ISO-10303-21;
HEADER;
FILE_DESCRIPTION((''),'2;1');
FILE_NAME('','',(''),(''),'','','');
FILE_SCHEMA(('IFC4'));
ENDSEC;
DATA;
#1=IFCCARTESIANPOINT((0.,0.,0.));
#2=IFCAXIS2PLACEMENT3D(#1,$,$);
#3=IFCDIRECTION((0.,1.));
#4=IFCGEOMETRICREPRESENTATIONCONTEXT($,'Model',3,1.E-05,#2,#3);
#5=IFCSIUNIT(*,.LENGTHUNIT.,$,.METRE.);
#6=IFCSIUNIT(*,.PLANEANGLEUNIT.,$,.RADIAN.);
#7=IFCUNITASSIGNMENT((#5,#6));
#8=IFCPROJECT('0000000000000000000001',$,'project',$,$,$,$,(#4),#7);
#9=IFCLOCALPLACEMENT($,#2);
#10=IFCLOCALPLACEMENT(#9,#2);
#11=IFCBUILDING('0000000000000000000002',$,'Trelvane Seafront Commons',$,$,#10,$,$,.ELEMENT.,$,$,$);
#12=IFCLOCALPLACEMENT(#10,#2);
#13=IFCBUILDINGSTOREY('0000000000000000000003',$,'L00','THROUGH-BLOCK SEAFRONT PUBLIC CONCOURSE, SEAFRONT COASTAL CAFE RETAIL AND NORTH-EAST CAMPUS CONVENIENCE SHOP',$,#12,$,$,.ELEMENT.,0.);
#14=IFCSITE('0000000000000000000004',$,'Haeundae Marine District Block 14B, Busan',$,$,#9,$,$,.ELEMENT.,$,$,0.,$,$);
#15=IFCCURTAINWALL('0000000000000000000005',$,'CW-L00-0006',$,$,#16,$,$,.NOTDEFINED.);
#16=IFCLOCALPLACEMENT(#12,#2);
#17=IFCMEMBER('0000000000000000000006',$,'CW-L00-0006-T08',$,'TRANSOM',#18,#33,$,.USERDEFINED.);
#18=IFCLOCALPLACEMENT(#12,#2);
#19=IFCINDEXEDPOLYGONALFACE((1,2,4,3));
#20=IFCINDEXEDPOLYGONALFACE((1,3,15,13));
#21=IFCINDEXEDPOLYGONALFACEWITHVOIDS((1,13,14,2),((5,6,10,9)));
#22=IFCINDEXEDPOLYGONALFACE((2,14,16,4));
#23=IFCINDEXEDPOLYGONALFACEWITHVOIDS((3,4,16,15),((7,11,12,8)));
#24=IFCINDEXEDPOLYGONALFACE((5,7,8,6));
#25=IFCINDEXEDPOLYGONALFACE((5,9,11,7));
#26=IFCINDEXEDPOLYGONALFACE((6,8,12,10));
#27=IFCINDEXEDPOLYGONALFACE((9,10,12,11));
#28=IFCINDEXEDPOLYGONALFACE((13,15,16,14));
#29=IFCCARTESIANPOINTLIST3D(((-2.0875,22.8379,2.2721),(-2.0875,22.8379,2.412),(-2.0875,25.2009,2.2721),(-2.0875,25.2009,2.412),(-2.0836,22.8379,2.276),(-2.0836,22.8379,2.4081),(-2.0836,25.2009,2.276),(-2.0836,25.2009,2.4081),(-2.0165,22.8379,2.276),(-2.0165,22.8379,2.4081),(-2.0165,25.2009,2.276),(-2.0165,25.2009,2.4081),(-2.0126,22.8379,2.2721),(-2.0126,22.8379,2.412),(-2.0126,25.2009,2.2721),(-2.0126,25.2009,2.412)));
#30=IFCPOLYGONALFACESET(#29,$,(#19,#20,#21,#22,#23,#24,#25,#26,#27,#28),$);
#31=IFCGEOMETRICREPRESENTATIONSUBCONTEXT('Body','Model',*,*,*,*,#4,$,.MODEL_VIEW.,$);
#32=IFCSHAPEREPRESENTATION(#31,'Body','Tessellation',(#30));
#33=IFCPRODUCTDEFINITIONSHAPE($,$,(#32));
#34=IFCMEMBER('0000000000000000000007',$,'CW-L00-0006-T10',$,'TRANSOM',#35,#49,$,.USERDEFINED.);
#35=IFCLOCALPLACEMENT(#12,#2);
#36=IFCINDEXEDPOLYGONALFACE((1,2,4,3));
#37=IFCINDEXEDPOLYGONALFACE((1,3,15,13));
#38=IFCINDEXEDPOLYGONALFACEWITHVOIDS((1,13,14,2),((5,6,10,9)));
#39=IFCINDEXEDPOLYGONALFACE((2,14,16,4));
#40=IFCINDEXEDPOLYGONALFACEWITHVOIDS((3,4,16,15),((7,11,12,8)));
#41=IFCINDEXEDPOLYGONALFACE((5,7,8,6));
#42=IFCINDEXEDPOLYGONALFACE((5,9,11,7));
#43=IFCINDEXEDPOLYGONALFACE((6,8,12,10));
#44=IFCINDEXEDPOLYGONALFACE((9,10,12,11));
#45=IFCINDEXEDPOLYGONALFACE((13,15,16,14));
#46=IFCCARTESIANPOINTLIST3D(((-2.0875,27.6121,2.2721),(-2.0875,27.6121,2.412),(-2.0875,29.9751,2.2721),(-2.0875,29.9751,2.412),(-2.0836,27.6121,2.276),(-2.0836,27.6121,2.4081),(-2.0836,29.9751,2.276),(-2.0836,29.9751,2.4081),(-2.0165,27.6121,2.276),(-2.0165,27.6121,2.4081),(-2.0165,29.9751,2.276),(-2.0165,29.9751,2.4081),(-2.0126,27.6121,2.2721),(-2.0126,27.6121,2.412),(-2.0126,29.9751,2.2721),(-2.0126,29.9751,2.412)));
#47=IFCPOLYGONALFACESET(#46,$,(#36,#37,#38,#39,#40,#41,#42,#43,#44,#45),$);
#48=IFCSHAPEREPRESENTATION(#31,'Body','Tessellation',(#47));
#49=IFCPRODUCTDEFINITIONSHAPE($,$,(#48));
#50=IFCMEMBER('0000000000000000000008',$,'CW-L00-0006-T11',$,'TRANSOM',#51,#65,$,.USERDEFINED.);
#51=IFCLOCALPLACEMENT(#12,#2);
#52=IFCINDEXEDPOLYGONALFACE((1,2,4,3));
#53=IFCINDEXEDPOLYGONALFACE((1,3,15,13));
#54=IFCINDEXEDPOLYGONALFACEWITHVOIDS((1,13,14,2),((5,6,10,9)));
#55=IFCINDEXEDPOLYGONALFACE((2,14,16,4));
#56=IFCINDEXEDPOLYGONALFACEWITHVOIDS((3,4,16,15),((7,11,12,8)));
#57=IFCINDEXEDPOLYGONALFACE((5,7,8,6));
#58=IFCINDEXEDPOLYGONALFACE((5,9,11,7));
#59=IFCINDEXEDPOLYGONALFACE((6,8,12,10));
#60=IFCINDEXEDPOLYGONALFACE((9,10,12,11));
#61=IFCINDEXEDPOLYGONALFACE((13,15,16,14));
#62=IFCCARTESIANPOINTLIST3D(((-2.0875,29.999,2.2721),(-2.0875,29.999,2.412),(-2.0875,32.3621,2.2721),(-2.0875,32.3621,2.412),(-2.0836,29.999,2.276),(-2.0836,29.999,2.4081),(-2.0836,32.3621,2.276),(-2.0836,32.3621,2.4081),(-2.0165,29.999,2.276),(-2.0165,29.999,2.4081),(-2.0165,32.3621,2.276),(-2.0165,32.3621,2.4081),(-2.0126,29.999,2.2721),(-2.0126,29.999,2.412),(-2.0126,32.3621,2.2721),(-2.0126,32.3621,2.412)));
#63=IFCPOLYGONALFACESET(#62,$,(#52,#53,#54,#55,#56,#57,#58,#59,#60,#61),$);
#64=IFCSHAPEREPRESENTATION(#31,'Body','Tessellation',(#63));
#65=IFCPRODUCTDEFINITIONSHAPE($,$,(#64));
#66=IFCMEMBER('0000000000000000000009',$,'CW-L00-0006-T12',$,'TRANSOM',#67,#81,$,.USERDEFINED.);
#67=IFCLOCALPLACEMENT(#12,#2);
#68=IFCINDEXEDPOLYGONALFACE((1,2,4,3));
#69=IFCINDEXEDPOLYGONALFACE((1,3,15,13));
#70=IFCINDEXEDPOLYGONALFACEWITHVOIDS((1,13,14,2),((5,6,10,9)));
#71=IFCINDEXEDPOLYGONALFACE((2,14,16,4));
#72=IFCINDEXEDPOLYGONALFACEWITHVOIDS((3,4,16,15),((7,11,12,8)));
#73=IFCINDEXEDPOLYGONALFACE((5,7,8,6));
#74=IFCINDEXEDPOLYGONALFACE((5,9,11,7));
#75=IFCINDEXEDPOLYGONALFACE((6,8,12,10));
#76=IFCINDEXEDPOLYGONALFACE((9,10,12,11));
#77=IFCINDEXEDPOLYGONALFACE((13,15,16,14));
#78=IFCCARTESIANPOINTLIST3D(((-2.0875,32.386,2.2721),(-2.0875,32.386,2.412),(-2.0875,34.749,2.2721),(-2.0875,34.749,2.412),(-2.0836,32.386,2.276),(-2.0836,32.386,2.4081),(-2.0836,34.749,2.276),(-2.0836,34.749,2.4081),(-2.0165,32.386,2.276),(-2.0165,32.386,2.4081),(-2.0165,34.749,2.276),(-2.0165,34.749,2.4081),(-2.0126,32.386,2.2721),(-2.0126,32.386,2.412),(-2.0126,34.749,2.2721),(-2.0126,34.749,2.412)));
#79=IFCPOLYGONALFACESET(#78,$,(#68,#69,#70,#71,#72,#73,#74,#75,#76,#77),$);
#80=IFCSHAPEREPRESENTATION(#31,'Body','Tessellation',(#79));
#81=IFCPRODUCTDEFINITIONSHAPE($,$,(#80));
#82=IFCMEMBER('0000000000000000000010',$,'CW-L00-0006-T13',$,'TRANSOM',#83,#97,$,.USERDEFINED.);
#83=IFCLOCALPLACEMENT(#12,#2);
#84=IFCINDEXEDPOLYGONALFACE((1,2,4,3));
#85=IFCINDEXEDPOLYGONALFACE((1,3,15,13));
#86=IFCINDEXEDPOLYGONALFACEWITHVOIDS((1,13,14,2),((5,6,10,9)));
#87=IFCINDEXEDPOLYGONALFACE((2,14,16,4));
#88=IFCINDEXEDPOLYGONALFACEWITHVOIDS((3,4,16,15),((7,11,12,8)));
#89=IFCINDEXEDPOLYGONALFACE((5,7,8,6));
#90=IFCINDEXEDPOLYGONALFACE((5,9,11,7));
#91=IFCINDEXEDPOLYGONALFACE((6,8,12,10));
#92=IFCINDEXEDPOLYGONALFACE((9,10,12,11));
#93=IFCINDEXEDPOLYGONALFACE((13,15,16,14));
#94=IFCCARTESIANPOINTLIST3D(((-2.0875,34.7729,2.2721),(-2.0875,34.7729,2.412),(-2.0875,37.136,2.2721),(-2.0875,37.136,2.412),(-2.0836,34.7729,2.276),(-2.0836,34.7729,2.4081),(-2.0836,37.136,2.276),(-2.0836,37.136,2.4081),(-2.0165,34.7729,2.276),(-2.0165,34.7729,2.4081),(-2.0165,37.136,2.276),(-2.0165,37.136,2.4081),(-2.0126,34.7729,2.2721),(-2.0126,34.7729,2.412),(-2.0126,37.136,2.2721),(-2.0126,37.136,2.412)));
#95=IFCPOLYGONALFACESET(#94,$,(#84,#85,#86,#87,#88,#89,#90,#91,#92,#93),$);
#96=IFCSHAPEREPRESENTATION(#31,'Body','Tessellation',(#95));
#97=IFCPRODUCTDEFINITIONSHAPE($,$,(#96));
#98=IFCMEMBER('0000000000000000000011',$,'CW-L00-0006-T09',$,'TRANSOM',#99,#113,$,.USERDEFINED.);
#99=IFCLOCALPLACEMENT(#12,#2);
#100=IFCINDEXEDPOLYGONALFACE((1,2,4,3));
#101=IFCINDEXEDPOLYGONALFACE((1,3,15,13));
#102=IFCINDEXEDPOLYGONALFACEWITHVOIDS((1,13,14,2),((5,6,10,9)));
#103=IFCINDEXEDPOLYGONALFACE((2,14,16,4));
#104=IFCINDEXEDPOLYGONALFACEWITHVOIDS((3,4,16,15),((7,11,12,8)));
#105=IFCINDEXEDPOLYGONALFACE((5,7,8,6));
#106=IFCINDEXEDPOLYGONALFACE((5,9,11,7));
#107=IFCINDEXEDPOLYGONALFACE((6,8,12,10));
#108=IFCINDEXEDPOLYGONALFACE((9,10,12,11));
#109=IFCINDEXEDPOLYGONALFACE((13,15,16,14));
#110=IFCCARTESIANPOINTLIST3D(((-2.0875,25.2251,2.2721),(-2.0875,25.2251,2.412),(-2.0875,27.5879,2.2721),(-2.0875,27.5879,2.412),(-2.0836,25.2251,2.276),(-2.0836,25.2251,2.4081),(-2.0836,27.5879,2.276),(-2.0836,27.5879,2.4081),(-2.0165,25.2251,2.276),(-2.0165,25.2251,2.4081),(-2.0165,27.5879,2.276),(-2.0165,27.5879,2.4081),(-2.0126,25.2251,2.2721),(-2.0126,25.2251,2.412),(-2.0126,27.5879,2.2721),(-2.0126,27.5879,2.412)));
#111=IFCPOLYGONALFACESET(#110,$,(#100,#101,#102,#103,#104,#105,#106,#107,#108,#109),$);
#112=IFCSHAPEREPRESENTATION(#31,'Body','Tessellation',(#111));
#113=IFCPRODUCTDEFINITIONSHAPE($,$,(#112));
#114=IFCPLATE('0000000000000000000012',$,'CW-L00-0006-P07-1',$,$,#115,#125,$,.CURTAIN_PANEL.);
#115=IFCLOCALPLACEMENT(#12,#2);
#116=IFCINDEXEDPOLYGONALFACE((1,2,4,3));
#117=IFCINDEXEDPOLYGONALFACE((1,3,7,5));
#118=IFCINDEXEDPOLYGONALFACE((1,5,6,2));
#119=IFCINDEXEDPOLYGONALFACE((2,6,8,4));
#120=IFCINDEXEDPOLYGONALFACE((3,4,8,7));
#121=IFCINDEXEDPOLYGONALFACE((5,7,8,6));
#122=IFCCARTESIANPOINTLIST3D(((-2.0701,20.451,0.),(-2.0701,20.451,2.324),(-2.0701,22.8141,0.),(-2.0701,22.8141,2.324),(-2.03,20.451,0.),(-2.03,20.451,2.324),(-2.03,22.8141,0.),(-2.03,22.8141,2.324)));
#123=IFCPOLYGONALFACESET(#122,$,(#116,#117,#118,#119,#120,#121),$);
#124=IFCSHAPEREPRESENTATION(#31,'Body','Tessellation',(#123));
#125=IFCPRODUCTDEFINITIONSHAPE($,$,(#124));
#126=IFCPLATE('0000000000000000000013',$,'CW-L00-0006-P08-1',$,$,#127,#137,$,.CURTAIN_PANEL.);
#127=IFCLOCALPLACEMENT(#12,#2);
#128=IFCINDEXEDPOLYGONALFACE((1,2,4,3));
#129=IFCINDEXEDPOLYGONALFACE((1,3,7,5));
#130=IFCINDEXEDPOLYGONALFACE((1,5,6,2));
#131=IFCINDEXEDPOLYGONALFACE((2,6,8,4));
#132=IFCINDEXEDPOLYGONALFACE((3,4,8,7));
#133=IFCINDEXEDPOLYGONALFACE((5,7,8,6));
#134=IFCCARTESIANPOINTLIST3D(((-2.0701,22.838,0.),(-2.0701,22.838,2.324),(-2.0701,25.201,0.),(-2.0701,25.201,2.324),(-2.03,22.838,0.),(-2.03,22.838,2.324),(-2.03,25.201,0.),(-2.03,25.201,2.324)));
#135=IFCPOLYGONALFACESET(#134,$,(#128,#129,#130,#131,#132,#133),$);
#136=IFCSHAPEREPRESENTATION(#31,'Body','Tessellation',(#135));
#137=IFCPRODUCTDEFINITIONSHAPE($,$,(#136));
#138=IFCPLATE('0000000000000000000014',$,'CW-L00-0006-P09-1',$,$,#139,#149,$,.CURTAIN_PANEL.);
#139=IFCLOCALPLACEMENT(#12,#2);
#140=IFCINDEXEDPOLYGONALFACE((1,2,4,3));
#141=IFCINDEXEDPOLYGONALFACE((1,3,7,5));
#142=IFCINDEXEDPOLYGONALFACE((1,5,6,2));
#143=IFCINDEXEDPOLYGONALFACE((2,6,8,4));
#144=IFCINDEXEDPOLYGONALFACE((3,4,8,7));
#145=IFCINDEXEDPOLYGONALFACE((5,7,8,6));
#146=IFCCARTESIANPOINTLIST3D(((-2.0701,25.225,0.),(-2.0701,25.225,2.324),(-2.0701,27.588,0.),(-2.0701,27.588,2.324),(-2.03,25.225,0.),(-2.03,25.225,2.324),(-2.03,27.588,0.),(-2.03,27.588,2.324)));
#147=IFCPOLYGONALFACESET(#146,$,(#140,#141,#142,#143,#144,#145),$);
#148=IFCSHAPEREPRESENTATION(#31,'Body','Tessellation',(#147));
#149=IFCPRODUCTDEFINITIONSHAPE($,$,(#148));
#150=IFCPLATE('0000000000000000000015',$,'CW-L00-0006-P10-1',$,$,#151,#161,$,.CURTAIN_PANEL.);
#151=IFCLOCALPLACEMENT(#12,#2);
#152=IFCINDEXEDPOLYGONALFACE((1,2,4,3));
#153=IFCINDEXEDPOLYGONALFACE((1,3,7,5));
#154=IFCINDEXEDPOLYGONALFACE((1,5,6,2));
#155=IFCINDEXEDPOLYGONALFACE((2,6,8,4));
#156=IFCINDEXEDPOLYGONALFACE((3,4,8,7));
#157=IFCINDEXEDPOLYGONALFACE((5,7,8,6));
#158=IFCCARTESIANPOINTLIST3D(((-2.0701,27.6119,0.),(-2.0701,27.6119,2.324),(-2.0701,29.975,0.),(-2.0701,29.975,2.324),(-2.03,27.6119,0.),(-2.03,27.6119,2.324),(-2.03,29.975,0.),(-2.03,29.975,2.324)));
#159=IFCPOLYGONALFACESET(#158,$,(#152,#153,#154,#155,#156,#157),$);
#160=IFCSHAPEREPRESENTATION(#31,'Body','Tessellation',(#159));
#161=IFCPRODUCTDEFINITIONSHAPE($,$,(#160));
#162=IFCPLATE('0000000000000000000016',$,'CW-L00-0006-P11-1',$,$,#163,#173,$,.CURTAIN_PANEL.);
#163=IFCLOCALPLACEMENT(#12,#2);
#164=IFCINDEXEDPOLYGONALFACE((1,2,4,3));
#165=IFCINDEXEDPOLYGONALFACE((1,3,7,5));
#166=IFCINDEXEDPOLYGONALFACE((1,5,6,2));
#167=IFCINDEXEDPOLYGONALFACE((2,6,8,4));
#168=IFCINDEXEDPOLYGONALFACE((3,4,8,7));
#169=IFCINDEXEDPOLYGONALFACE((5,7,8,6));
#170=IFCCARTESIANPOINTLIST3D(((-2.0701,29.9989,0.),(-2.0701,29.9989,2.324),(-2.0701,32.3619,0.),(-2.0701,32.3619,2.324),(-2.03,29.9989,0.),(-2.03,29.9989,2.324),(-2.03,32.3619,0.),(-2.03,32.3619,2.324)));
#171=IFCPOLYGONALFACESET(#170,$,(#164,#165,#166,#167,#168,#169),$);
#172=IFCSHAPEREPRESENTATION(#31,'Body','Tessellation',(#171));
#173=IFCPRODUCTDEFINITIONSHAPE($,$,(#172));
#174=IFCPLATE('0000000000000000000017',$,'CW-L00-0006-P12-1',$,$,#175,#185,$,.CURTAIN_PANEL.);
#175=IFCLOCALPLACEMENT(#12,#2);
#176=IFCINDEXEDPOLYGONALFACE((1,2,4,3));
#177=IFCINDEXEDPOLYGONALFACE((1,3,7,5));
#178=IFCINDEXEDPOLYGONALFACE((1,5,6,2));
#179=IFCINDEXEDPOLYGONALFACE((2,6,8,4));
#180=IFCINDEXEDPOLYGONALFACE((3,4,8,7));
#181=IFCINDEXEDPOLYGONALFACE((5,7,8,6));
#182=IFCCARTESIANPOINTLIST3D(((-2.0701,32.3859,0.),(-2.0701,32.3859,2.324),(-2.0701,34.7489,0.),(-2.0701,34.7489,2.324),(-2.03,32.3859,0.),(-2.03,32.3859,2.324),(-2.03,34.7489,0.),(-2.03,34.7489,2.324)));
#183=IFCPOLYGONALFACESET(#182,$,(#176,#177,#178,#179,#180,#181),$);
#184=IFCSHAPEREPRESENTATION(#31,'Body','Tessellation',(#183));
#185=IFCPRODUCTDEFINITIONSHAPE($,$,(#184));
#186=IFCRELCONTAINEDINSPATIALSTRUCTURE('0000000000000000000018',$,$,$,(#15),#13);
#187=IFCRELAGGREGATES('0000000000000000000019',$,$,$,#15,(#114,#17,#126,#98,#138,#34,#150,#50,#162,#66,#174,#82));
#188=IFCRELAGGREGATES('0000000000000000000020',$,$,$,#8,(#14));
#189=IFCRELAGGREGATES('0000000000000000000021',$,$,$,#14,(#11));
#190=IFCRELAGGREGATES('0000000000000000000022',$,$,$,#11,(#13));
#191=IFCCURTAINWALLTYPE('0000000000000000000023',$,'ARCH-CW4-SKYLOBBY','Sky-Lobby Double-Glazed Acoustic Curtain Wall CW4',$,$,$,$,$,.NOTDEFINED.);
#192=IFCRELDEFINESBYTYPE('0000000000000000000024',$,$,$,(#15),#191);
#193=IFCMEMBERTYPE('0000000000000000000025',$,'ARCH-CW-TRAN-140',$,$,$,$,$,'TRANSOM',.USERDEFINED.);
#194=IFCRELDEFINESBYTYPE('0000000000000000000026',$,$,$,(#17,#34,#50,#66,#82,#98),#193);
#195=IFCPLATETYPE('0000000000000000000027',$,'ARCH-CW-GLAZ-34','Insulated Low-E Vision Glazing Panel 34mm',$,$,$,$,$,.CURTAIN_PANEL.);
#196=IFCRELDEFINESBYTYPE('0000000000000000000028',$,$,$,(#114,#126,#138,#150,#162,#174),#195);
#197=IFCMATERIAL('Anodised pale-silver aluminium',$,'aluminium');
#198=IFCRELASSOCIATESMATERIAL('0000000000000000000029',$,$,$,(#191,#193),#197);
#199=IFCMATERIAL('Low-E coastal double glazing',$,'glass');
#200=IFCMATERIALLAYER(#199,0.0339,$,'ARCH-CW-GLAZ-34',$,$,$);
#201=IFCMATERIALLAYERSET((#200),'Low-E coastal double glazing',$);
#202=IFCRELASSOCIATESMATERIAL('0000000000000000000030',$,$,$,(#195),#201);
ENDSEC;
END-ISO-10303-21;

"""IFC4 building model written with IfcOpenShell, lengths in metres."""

from ifc_helpers import new_model, si_unit, direction, frame, origin, origin_2d, place, context, subcontext, project, spatial, rectangle, hollow_rectangle, extrude, source, transform, mapped, material, layer, layer_set, material_profile, profile_set, type_object, element, aggregate, save


model = new_model("IFC4")

# Units and contexts
model_context = context("Model", 3, precision=1e-05, world=origin(), true_north=direction((0.0, 1.0)))
body_context = subcontext(model_context, "Body", "Model", "MODEL_VIEW")
ifc_project = project(units=[si_unit("LENGTHUNIT", "METRE"), si_unit("PLANEANGLEUNIT", "RADIAN")], contexts=[model_context])

# Site, building, storey
site_placement = place(None, origin())
site = spatial("IfcSite", under=ifc_project, at=site_placement, Name="Haeundae Marine District Block 14B, Busan", CompositionType="ELEMENT", RefElevation=0.0)
building_placement = place(site_placement, origin())
building = spatial("IfcBuilding", under=site, at=building_placement, Name="Trelvane Seafront Commons", CompositionType="ELEMENT")
storey_placement = place(building_placement, origin())
storey = spatial("IfcBuildingStorey", under=building, at=storey_placement, Name="L00", Description="THROUGH-BLOCK SEAFRONT PUBLIC CONCOURSE, SEAFRONT COASTAL CAFE RETAIL AND NORTH-EAST CAMPUS CONVENIENCE SHOP", CompositionType="ELEMENT", Elevation=0.0)

# Curtain wall, members, plates
ifc_material_1 = material(Name="Anodised pale-silver aluminium", Category="aluminium")
curtain_wall_type = type_object("IfcCurtainWallType", Name="ARCH-CW4-SKYLOBBY", Description="Sky-Lobby Double-Glazed Acoustic Curtain Wall CW4", PredefinedType="NOTDEFINED", material=ifc_material_1)
curtain_wall_placement = place(storey_placement, origin())
curtain_wall = element("IfcCurtainWall", 1, at=curtain_wall_placement, inside=storey, type_object=curtain_wall_type, Name="CW-L00-0006", PredefinedType="NOTDEFINED")
ifc_material_profile_1 = material_profile(ifc_material_1, hollow_rectangle(XDim=0.075, YDim=0.1399, WallThickness=0.0039, at=origin_2d()), Name="TRAN-75x140x4")
ifc_profile_set_1 = profile_set([ifc_material_profile_1], Name="Anodised pale-silver aluminium")
member_type_1 = type_object("IfcMemberType", Name="ARCH-CW-TRAN-140", ElementType="TRANSOM", PredefinedType="USERDEFINED", material=ifc_profile_set_1)
shared_shape_1 = source(origin(), body_context, "Body", "SweptSolid", [
    extrude(hollow_rectangle(XDim=0.075, YDim=0.1399, WallThickness=0.0039, at=origin_2d()), origin(), (0.0, 0.0, 1.0), 2.363),
])
member_1_placement = place(storey_placement, frame((-2.05, 22.8379, 2.342), z_axis=(0.0, 1.0, 0.0), x_axis=(-1.0, 0.0, 0.0)))
member_1 = element("IfcMember", 2, at=member_1_placement, type_object=member_type_1, Name="CW-L00-0006-T08", ObjectType="TRANSOM", PredefinedType="USERDEFINED", context=body_context, shape_type="MappedRepresentation", body=[
    mapped(shared_shape_1, transform((0.0, 0.0, 0.0), x_axis=(1.0, 0.0, 0.0), y_axis=(0.0, 1.0, 0.0), z_axis=(0.0, 0.0, 1.0), scale=1.0)),
])
member_2_placement = place(storey_placement, frame((-2.05, 27.6121, 2.342), z_axis=(0.0, 1.0, 0.0), x_axis=(-1.0, 0.0, 0.0)))
member_2 = element("IfcMember", 3, at=member_2_placement, type_object=member_type_1, Name="CW-L00-0006-T10", ObjectType="TRANSOM", PredefinedType="USERDEFINED", context=body_context, shape_type="MappedRepresentation", body=[
    mapped(shared_shape_1, transform((0.0, 0.0, 0.0), x_axis=(1.0, 0.0, 0.0), y_axis=(0.0, 1.0, 0.0), z_axis=(0.0, 0.0, 1.0), scale=1.0)),
])
member_3_placement = place(storey_placement, frame((-2.05, 29.999, 2.342), z_axis=(0.0, 1.0, 0.0), x_axis=(-1.0, 0.0, 0.0)))
member_3 = element("IfcMember", 4, at=member_3_placement, type_object=member_type_1, Name="CW-L00-0006-T11", ObjectType="TRANSOM", PredefinedType="USERDEFINED", context=body_context, shape_type="MappedRepresentation", body=[
    mapped(shared_shape_1, transform((0.0, 0.0, 0.0), x_axis=(1.0, 0.0, 0.0), y_axis=(0.0, 1.0, 0.0), z_axis=(0.0, 0.0, 1.0), scale=1.0)),
])
member_4_placement = place(storey_placement, frame((-2.05, 32.386, 2.342), z_axis=(0.0, 1.0, 0.0), x_axis=(-1.0, 0.0, 0.0)))
member_4 = element("IfcMember", 5, at=member_4_placement, type_object=member_type_1, Name="CW-L00-0006-T12", ObjectType="TRANSOM", PredefinedType="USERDEFINED", context=body_context, shape_type="MappedRepresentation", body=[
    mapped(shared_shape_1, transform((0.0, 0.0, 0.0), x_axis=(1.0, 0.0, 0.0), y_axis=(0.0, 1.0, 0.0), z_axis=(0.0, 0.0, 1.0), scale=1.0)),
])
member_5_placement = place(storey_placement, frame((-2.05, 34.7729, 2.342), z_axis=(0.0, 1.0, 0.0), x_axis=(-1.0, 0.0, 0.0)))
member_5 = element("IfcMember", 6, at=member_5_placement, type_object=member_type_1, Name="CW-L00-0006-T13", ObjectType="TRANSOM", PredefinedType="USERDEFINED", context=body_context, shape_type="MappedRepresentation", body=[
    mapped(shared_shape_1, transform((0.0, 0.0, 0.0), x_axis=(1.0, 0.0, 0.0), y_axis=(0.0, 1.0, 0.0), z_axis=(0.0, 0.0, 1.0), scale=1.0)),
])
shared_shape_2 = source(origin(), body_context, "Body", "SweptSolid", [
    extrude(hollow_rectangle(XDim=0.075, YDim=0.1399, WallThickness=0.0039, at=origin_2d()), origin(), (0.0, 0.0, 1.0), 2.3628),
])
member_6_placement = place(storey_placement, frame((-2.05, 25.2251, 2.342), z_axis=(0.0, 1.0, 0.0), x_axis=(-1.0, 0.0, 0.0)))
member_6 = element("IfcMember", 7, at=member_6_placement, type_object=member_type_1, Name="CW-L00-0006-T09", ObjectType="TRANSOM", PredefinedType="USERDEFINED", context=body_context, shape_type="MappedRepresentation", body=[
    mapped(shared_shape_2, transform((0.0, 0.0, 0.0), x_axis=(1.0, 0.0, 0.0), y_axis=(0.0, 1.0, 0.0), z_axis=(0.0, 0.0, 1.0), scale=1.0)),
])
ifc_material_2 = material(Name="Low-E coastal double glazing", Category="glass")
ifc_layer = layer(ifc_material_2, 0.0339, Name="ARCH-CW-GLAZ-34")
ifc_layer_set = layer_set([ifc_layer], Name="Low-E coastal double glazing")
plate_type = type_object("IfcPlateType", Name="ARCH-CW-GLAZ-34", Description="Insulated Low-E Vision Glazing Panel 34mm", PredefinedType="CURTAIN_PANEL", material=ifc_layer_set)
shared_shape_3 = source(origin(), body_context, "Body", "SweptSolid", [
    extrude(rectangle(XDim=2.363, YDim=0.04, at=origin_2d()), origin(), (0.0, 0.0, 1.0), 2.324),
])
plate_1_placement = place(storey_placement, frame((-2.05, 21.6326, 0.0), z_axis=(0.0, 0.0, 1.0), x_axis=(0.0, 1.0, 0.0)))
plate_1 = element("IfcPlate", 8, at=plate_1_placement, type_object=plate_type, Name="CW-L00-0006-P07-1", PredefinedType="CURTAIN_PANEL", context=body_context, shape_type="MappedRepresentation", body=[
    mapped(shared_shape_3, transform((0.0, 0.0, 0.0), x_axis=(1.0, 0.0, 0.0), y_axis=(0.0, 1.0, 0.0), z_axis=(0.0, 0.0, 1.0), scale=1.0)),
])
plate_2_placement = place(storey_placement, frame((-2.05, 24.0195, 0.0), z_axis=(0.0, 0.0, 1.0), x_axis=(0.0, 1.0, 0.0)))
plate_2 = element("IfcPlate", 9, at=plate_2_placement, type_object=plate_type, Name="CW-L00-0006-P08-1", PredefinedType="CURTAIN_PANEL", context=body_context, shape_type="MappedRepresentation", body=[
    mapped(shared_shape_3, transform((0.0, 0.0, 0.0), x_axis=(1.0, 0.0, 0.0), y_axis=(0.0, 1.0, 0.0), z_axis=(0.0, 0.0, 1.0), scale=1.0)),
])
plate_3_placement = place(storey_placement, frame((-2.05, 26.4065, 0.0), z_axis=(0.0, 0.0, 1.0), x_axis=(0.0, 1.0, 0.0)))
plate_3 = element("IfcPlate", 10, at=plate_3_placement, type_object=plate_type, Name="CW-L00-0006-P09-1", PredefinedType="CURTAIN_PANEL", context=body_context, shape_type="MappedRepresentation", body=[
    mapped(shared_shape_3, transform((0.0, 0.0, 0.0), x_axis=(1.0, 0.0, 0.0), y_axis=(0.0, 1.0, 0.0), z_axis=(0.0, 0.0, 1.0), scale=1.0)),
])
plate_4_placement = place(storey_placement, frame((-2.05, 28.7935, 0.0), z_axis=(0.0, 0.0, 1.0), x_axis=(0.0, 1.0, 0.0)))
plate_4 = element("IfcPlate", 11, at=plate_4_placement, type_object=plate_type, Name="CW-L00-0006-P10-1", PredefinedType="CURTAIN_PANEL", context=body_context, shape_type="MappedRepresentation", body=[
    mapped(shared_shape_3, transform((0.0, 0.0, 0.0), x_axis=(1.0, 0.0, 0.0), y_axis=(0.0, 1.0, 0.0), z_axis=(0.0, 0.0, 1.0), scale=1.0)),
])
plate_5_placement = place(storey_placement, frame((-2.05, 31.1804, 0.0), z_axis=(0.0, 0.0, 1.0), x_axis=(0.0, 1.0, 0.0)))
plate_5 = element("IfcPlate", 12, at=plate_5_placement, type_object=plate_type, Name="CW-L00-0006-P11-1", PredefinedType="CURTAIN_PANEL", context=body_context, shape_type="MappedRepresentation", body=[
    mapped(shared_shape_3, transform((0.0, 0.0, 0.0), x_axis=(1.0, 0.0, 0.0), y_axis=(0.0, 1.0, 0.0), z_axis=(0.0, 0.0, 1.0), scale=1.0)),
])
plate_6_placement = place(storey_placement, frame((-2.05, 33.5674, 0.0), z_axis=(0.0, 0.0, 1.0), x_axis=(0.0, 1.0, 0.0)))
plate_6 = element("IfcPlate", 13, at=plate_6_placement, type_object=plate_type, Name="CW-L00-0006-P12-1", PredefinedType="CURTAIN_PANEL", context=body_context, shape_type="MappedRepresentation", body=[
    mapped(shared_shape_3, transform((0.0, 0.0, 0.0), x_axis=(1.0, 0.0, 0.0), y_axis=(0.0, 1.0, 0.0), z_axis=(0.0, 0.0, 1.0), scale=1.0)),
])
aggregate(curtain_wall, [plate_1, member_1, plate_2, member_6, plate_3, member_2, plate_4, member_3, plate_5, member_4, plate_6, member_5])

save(model, "model.ifc")
